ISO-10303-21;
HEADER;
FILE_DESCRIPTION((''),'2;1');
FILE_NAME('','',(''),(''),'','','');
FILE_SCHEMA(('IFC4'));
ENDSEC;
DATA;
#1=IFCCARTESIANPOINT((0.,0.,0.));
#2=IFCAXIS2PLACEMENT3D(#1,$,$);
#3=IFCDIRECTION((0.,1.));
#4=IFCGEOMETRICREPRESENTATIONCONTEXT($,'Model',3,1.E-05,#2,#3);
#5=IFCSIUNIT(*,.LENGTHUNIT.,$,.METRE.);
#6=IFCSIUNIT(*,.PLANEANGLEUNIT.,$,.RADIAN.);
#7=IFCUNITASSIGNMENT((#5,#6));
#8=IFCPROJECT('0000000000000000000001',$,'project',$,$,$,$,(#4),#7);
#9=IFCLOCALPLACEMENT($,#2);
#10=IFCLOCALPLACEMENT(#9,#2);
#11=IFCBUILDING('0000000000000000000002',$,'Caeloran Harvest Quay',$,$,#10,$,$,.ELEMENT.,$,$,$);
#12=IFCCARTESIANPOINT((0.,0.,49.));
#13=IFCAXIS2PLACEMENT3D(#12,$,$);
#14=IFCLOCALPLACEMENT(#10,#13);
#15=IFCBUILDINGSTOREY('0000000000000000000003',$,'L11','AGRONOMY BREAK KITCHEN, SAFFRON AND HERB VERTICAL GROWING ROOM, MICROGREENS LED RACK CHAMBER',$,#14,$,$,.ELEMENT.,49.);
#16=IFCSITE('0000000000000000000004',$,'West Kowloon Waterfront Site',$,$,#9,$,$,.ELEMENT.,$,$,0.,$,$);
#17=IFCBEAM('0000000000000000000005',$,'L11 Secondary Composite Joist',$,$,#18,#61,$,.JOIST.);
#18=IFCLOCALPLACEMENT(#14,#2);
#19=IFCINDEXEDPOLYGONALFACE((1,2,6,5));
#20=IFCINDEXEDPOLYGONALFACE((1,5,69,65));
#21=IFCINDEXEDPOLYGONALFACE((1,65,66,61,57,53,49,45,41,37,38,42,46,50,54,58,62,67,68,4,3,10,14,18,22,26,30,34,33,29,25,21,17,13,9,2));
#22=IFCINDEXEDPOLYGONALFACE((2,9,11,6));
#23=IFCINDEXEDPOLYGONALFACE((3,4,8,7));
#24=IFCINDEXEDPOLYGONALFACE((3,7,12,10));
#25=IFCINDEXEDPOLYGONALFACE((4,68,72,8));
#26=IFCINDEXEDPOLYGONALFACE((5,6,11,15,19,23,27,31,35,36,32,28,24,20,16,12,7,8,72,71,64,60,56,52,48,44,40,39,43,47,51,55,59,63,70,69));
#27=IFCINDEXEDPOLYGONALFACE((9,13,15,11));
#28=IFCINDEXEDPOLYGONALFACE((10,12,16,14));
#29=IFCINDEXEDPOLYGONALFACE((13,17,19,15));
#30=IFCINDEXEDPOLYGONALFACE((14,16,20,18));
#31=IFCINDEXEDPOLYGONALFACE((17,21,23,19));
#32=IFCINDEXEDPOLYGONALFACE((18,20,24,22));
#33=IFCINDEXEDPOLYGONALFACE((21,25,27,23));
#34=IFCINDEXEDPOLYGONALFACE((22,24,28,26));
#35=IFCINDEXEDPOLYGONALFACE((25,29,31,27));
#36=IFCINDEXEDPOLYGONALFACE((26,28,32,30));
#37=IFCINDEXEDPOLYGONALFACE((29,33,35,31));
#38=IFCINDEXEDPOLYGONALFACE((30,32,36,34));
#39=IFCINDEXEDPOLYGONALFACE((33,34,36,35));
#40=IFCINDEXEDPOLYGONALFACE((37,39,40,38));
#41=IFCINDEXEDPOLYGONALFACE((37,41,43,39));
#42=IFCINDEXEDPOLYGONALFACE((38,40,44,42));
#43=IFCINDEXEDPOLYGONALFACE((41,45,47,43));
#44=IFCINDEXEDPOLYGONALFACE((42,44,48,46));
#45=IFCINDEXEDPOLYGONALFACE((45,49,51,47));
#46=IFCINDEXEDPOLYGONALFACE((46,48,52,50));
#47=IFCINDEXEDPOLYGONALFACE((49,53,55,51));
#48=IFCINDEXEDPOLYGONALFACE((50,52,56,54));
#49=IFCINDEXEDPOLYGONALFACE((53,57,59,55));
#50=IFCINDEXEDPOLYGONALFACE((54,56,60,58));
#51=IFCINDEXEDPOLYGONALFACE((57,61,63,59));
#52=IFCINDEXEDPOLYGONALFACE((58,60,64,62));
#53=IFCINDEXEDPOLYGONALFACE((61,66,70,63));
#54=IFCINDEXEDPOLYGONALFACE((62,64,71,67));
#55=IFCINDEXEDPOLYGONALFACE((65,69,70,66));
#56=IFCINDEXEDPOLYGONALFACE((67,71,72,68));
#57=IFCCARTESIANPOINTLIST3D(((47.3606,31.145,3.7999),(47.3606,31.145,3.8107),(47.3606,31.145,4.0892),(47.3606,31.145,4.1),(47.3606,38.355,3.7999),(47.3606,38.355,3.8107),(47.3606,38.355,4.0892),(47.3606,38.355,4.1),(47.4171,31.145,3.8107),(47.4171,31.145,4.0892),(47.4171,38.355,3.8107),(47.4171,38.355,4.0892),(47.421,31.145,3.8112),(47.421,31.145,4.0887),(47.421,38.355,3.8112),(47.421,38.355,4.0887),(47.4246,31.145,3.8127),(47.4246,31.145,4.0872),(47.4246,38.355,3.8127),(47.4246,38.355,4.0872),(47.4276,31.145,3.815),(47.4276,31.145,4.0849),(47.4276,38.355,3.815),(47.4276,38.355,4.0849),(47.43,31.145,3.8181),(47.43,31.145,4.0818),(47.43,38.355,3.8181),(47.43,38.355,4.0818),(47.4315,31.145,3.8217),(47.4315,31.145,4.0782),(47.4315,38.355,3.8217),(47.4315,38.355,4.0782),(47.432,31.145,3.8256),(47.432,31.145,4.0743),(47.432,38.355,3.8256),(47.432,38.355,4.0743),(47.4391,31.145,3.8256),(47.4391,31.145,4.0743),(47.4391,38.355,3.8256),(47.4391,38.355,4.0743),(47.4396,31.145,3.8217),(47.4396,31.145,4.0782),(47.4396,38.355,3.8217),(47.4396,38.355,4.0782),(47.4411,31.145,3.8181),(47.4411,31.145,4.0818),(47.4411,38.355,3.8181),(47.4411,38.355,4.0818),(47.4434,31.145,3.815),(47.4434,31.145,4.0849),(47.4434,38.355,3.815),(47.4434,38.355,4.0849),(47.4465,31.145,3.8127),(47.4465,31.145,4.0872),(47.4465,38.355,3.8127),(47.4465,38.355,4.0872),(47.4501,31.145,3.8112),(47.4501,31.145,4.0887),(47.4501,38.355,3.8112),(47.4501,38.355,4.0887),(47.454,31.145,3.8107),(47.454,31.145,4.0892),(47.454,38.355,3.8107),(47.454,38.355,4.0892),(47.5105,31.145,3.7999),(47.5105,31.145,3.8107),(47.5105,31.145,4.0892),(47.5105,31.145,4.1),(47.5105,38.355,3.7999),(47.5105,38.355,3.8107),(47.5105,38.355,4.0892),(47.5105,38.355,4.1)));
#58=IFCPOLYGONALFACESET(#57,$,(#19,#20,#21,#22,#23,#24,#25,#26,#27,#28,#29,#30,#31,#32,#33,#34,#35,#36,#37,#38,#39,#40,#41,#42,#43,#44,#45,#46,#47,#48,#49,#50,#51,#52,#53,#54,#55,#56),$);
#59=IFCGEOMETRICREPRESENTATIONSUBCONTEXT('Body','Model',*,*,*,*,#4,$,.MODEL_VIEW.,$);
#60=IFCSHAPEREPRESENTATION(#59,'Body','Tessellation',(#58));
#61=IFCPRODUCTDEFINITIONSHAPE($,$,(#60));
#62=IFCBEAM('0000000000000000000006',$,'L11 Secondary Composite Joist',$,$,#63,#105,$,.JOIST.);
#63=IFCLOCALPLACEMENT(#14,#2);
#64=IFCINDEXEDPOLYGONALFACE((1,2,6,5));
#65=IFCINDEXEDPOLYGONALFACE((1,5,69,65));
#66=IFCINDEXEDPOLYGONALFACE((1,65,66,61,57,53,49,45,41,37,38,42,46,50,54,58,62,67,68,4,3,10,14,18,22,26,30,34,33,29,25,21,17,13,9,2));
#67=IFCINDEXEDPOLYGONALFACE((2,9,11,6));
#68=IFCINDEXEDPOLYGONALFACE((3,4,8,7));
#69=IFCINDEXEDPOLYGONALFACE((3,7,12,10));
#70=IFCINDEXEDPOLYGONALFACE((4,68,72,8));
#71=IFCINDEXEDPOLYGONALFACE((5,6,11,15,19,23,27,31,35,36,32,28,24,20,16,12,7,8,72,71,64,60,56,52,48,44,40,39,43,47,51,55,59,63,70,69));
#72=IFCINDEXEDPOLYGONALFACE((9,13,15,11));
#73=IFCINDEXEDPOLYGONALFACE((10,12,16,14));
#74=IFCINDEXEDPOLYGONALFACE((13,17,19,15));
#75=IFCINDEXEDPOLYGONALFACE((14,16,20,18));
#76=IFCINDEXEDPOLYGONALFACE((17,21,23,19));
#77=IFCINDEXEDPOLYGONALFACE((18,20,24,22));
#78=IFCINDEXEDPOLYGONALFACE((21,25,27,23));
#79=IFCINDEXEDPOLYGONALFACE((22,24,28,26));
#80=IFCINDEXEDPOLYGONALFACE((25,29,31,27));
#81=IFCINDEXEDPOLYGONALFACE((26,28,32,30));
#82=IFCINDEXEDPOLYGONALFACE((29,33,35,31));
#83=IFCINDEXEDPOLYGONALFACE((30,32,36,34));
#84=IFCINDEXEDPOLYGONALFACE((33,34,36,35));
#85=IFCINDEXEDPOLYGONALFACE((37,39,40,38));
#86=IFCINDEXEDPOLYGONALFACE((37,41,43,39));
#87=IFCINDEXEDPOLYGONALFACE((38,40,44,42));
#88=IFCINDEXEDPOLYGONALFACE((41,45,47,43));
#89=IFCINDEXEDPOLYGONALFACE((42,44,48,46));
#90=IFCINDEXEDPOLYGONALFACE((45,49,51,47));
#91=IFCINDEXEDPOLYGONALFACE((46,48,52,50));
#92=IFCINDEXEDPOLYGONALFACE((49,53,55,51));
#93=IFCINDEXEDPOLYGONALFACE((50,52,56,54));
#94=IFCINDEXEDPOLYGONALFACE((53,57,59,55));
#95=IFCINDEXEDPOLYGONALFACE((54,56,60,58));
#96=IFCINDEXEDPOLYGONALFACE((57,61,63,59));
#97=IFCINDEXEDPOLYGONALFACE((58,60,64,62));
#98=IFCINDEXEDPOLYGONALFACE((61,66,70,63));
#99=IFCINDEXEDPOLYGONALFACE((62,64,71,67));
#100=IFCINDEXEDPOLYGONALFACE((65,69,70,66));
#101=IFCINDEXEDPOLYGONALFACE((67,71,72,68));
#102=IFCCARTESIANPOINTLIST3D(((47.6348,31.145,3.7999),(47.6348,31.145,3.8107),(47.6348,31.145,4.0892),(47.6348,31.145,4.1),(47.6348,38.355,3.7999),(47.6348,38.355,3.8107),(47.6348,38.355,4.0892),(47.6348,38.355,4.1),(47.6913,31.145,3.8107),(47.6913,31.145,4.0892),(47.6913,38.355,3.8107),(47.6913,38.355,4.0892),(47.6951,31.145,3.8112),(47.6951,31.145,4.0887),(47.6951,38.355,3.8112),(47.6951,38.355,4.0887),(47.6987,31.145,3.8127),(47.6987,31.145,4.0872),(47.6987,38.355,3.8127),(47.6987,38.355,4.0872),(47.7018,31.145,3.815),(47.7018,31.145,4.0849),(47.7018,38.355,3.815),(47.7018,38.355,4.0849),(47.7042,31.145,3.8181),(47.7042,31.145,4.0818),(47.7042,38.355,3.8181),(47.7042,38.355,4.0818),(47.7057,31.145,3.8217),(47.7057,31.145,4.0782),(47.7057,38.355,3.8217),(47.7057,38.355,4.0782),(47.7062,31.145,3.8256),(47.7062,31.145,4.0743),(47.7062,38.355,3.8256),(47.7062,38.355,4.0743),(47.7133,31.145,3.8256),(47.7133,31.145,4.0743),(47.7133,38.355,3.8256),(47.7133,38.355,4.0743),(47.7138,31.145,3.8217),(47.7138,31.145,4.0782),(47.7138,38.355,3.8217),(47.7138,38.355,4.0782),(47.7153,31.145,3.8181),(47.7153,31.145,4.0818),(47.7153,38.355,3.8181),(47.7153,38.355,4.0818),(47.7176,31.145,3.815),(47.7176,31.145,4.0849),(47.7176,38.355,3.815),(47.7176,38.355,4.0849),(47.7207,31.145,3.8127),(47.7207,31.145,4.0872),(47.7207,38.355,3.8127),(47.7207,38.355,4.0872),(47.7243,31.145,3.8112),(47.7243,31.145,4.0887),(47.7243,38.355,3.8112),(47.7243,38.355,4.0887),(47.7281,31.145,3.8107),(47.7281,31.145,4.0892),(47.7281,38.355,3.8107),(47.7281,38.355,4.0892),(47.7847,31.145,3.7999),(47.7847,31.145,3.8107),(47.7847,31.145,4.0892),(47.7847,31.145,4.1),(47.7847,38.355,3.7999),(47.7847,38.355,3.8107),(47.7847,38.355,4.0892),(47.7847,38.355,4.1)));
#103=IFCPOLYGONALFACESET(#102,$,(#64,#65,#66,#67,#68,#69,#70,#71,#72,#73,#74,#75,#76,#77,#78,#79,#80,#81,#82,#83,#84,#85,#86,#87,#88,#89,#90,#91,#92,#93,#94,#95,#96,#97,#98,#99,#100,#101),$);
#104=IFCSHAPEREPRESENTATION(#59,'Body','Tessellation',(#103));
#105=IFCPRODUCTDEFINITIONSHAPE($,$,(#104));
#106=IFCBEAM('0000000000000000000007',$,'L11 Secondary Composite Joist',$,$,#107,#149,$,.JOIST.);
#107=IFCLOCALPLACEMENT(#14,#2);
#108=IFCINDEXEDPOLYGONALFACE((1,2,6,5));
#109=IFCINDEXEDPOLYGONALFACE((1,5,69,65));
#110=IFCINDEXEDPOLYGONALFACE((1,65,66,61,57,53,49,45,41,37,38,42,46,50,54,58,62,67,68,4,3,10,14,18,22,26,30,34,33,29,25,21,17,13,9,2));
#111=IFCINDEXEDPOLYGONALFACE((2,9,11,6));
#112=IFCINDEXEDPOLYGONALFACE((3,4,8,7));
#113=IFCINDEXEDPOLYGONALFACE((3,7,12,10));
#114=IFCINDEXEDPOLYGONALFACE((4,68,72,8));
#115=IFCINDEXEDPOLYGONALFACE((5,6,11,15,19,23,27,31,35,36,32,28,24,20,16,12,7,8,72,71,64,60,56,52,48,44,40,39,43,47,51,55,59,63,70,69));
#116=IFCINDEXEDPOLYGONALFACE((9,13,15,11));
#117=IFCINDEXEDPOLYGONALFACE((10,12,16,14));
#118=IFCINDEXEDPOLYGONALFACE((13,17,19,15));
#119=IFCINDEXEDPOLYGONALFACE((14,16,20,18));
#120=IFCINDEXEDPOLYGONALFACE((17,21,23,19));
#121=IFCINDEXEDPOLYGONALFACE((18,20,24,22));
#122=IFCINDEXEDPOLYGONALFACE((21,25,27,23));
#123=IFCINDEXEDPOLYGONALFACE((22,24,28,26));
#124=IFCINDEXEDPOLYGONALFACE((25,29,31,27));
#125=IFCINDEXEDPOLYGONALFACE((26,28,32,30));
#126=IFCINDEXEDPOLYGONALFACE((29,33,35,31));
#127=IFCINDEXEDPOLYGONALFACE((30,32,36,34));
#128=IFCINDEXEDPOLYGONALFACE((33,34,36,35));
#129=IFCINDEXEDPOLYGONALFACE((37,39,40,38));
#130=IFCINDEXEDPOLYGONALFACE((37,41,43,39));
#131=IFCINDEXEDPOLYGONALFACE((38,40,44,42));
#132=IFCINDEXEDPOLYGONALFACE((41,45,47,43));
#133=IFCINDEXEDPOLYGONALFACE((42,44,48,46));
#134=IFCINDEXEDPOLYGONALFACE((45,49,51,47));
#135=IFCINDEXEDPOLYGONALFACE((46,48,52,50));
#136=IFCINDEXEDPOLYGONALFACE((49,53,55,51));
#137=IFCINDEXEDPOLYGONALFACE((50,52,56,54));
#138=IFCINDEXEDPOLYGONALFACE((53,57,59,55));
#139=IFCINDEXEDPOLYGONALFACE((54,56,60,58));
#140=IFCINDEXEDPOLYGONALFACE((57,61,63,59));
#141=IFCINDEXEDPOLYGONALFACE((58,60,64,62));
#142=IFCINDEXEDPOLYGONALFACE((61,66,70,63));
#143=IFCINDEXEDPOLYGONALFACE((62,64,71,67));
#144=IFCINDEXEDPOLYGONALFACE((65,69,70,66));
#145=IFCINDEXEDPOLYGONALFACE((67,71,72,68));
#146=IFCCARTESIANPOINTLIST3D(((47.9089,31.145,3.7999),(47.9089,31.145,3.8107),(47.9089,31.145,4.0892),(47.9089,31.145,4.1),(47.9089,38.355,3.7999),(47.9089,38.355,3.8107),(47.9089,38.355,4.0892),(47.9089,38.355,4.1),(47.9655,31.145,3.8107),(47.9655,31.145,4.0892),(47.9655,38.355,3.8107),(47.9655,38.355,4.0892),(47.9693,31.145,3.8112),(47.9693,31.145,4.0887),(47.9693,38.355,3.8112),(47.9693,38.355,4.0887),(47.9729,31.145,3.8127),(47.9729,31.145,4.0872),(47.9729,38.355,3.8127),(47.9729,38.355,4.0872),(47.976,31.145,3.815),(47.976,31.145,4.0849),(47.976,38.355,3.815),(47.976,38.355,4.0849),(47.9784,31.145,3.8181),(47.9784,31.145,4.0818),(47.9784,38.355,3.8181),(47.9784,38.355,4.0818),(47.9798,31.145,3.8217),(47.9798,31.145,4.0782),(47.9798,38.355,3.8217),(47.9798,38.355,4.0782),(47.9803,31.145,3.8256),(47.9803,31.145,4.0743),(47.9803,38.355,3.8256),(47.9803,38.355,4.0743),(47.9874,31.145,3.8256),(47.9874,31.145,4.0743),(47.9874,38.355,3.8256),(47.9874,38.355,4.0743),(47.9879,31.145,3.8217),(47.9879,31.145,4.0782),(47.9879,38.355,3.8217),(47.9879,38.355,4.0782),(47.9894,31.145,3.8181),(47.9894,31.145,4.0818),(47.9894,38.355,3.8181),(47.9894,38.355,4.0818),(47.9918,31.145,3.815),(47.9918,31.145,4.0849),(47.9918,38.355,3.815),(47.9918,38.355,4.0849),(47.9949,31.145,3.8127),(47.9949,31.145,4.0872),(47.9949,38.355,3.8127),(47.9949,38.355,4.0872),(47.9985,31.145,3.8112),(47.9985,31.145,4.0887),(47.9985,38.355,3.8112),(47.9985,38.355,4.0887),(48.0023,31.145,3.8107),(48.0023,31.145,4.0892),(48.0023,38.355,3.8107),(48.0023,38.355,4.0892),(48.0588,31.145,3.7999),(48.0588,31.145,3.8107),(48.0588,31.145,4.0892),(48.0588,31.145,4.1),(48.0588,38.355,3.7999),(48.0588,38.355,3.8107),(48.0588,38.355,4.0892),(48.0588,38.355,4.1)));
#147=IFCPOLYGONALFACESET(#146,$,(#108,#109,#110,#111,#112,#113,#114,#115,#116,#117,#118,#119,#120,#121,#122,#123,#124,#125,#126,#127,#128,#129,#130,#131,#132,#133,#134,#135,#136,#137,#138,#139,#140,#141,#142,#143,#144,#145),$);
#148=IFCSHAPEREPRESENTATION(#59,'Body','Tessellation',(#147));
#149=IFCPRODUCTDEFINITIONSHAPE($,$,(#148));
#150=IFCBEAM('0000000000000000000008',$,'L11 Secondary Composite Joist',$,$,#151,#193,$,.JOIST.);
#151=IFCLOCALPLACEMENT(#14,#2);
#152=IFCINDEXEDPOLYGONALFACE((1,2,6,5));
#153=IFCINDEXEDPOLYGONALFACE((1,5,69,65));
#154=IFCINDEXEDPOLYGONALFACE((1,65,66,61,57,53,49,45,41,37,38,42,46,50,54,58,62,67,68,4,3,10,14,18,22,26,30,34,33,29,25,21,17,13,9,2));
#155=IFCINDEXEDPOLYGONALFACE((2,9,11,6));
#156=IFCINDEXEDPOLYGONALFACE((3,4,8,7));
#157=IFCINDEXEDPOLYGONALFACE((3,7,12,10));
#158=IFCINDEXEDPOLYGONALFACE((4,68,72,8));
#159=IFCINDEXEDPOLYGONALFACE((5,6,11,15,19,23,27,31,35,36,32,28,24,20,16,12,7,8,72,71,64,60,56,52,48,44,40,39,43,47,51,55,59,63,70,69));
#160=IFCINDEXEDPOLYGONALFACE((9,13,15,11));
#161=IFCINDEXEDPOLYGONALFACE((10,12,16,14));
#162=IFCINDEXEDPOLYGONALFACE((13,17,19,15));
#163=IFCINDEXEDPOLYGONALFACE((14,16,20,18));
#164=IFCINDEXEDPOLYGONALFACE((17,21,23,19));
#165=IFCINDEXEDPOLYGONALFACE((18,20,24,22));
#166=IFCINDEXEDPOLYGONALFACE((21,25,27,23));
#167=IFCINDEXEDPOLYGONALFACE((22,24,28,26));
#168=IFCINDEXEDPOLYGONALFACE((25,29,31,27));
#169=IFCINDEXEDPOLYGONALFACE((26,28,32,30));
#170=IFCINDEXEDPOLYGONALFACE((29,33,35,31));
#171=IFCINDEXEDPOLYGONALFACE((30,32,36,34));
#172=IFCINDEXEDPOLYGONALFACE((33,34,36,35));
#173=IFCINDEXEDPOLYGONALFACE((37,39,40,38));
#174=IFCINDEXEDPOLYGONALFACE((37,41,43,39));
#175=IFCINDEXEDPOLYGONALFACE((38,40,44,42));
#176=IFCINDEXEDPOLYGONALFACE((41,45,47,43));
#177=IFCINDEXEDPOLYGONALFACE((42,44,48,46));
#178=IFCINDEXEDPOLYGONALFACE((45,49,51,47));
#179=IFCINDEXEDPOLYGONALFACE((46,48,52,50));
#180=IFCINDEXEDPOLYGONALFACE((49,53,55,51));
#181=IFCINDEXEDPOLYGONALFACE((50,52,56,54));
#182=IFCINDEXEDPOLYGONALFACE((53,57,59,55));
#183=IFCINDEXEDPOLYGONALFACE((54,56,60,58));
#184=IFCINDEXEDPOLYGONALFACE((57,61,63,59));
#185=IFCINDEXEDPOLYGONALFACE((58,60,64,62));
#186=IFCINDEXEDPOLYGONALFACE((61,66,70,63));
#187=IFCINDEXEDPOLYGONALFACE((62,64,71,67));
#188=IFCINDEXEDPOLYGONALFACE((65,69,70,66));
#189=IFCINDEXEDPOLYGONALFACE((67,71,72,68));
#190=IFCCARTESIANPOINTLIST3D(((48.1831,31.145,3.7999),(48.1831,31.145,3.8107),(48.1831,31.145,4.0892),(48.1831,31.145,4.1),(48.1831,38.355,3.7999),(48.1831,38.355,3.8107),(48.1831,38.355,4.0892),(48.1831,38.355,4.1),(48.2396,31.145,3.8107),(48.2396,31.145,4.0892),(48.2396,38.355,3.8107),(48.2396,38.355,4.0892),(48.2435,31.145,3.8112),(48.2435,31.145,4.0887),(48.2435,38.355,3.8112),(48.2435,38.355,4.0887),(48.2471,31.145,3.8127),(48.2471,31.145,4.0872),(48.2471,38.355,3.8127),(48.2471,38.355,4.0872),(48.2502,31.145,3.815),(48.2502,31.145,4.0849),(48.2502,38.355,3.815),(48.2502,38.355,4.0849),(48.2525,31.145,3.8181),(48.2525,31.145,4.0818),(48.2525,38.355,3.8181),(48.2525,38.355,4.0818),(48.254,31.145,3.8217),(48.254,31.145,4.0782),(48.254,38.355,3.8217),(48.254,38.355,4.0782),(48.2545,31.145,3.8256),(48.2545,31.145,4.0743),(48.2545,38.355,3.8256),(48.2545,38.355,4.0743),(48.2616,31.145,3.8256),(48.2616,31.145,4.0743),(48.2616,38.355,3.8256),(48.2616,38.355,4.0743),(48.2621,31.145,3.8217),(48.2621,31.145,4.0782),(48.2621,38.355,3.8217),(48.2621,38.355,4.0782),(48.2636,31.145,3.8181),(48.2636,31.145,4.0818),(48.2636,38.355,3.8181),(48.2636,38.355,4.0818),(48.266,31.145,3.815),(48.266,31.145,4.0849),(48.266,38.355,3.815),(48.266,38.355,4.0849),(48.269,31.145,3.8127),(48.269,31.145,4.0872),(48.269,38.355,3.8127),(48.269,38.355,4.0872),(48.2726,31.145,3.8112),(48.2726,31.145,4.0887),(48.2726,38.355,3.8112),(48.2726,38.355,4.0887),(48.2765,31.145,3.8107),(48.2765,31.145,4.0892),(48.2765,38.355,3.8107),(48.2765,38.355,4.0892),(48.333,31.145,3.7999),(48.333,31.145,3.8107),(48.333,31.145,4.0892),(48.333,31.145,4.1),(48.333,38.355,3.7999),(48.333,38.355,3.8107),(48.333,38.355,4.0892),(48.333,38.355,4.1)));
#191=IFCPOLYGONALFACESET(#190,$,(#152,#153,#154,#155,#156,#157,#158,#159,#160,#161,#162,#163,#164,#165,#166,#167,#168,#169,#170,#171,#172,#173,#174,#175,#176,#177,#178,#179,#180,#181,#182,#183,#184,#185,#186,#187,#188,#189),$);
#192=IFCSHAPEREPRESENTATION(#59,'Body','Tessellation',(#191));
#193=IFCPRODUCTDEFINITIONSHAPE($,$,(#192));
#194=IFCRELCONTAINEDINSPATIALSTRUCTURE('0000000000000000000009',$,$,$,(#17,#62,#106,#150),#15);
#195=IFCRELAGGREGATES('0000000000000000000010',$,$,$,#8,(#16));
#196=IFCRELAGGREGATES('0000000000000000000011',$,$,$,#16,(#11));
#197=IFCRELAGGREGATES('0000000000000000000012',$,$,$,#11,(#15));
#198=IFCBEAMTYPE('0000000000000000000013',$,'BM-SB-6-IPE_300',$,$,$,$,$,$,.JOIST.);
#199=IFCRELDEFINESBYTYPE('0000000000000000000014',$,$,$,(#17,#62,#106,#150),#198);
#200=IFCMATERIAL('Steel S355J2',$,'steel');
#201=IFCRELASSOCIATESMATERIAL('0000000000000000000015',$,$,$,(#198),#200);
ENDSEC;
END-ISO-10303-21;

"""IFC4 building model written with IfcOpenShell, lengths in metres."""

from ifc_helpers import new_model, si_unit, direction, frame, origin, origin_2d, place, context, subcontext, project, spatial, i_section, extrude, material, material_profile, profile_set, type_object, element, save


model = new_model("IFC4")

# Units and contexts
model_context = context("Model", 3, precision=1e-05, world=origin(), true_north=direction((0.0, 1.0)))
body_context = subcontext(model_context, "Body", "Model", "MODEL_VIEW")
ifc_project = project(units=[si_unit("LENGTHUNIT", "METRE"), si_unit("PLANEANGLEUNIT", "RADIAN")], contexts=[model_context])

# Site, building, storey
site_placement = place(None, origin())
site = spatial("IfcSite", under=ifc_project, at=site_placement, Name="West Kowloon Waterfront Site", CompositionType="ELEMENT", RefElevation=0.0)
building_placement = place(site_placement, origin())
building = spatial("IfcBuilding", under=site, at=building_placement, Name="Caeloran Harvest Quay", CompositionType="ELEMENT")
storey_placement = place(building_placement, frame((0.0, 0.0, 49.0)))
storey = spatial("IfcBuildingStorey", under=building, at=storey_placement, Name="L11", Description="AGRONOMY BREAK KITCHEN, SAFFRON AND HERB VERTICAL GROWING ROOM, MICROGREENS LED RACK CHAMBER", CompositionType="ELEMENT", Elevation=49.0)

# Beams
ifc_material_1 = material(Name="Steel S355J2", Category="steel")
ifc_material_profile_1 = material_profile(ifc_material_1, i_section(OverallWidth=0.1499, OverallDepth=0.3, WebThickness=0.0071, FlangeThickness=0.0107, FilletRadius=0.0149, at=origin_2d()), Name="IPE 300")
ifc_profile_set_1 = profile_set([ifc_material_profile_1], Name="Steel S355J2")
beam_type_1 = type_object("IfcBeamType", Name="BM-SB-6-IPE_300", PredefinedType="JOIST", material=ifc_profile_set_1)
for number, where, z_axis, x_axis, name in (
    (1, (47.4355, 31.145, 3.95), (0.0, 1.0, 0.0), (-1.0, 0.0, 0.0), "L11 Secondary Composite Joist"),
    (2, (47.7097, 31.145, 3.95), (0.0, 1.0, 0.0), (-1.0, 0.0, 0.0), "L11 Secondary Composite Joist"),
    (3, (47.9839, 31.145, 3.95), (0.0, 1.0, 0.0), (-1.0, 0.0, 0.0), "L11 Secondary Composite Joist"),
    (4, (48.2581, 31.145, 3.95), (0.0, 1.0, 0.0), (-1.0, 0.0, 0.0), "L11 Secondary Composite Joist"),
):
    element("IfcBeam", number, at=place(storey_placement, frame(where, z_axis=z_axis, x_axis=x_axis)), inside=storey, type_object=beam_type_1, Name=name, PredefinedType="JOIST", context=body_context, shape_type="SweptSolid", body=[
        extrude(i_section(OverallWidth=0.1499, OverallDepth=0.3, WebThickness=0.0071, FlangeThickness=0.0107, FilletRadius=0.0149, at=origin_2d()), origin(), (0.0, 0.0, 1.0), 7.21),
    ])

save(model, "model.ifc")
